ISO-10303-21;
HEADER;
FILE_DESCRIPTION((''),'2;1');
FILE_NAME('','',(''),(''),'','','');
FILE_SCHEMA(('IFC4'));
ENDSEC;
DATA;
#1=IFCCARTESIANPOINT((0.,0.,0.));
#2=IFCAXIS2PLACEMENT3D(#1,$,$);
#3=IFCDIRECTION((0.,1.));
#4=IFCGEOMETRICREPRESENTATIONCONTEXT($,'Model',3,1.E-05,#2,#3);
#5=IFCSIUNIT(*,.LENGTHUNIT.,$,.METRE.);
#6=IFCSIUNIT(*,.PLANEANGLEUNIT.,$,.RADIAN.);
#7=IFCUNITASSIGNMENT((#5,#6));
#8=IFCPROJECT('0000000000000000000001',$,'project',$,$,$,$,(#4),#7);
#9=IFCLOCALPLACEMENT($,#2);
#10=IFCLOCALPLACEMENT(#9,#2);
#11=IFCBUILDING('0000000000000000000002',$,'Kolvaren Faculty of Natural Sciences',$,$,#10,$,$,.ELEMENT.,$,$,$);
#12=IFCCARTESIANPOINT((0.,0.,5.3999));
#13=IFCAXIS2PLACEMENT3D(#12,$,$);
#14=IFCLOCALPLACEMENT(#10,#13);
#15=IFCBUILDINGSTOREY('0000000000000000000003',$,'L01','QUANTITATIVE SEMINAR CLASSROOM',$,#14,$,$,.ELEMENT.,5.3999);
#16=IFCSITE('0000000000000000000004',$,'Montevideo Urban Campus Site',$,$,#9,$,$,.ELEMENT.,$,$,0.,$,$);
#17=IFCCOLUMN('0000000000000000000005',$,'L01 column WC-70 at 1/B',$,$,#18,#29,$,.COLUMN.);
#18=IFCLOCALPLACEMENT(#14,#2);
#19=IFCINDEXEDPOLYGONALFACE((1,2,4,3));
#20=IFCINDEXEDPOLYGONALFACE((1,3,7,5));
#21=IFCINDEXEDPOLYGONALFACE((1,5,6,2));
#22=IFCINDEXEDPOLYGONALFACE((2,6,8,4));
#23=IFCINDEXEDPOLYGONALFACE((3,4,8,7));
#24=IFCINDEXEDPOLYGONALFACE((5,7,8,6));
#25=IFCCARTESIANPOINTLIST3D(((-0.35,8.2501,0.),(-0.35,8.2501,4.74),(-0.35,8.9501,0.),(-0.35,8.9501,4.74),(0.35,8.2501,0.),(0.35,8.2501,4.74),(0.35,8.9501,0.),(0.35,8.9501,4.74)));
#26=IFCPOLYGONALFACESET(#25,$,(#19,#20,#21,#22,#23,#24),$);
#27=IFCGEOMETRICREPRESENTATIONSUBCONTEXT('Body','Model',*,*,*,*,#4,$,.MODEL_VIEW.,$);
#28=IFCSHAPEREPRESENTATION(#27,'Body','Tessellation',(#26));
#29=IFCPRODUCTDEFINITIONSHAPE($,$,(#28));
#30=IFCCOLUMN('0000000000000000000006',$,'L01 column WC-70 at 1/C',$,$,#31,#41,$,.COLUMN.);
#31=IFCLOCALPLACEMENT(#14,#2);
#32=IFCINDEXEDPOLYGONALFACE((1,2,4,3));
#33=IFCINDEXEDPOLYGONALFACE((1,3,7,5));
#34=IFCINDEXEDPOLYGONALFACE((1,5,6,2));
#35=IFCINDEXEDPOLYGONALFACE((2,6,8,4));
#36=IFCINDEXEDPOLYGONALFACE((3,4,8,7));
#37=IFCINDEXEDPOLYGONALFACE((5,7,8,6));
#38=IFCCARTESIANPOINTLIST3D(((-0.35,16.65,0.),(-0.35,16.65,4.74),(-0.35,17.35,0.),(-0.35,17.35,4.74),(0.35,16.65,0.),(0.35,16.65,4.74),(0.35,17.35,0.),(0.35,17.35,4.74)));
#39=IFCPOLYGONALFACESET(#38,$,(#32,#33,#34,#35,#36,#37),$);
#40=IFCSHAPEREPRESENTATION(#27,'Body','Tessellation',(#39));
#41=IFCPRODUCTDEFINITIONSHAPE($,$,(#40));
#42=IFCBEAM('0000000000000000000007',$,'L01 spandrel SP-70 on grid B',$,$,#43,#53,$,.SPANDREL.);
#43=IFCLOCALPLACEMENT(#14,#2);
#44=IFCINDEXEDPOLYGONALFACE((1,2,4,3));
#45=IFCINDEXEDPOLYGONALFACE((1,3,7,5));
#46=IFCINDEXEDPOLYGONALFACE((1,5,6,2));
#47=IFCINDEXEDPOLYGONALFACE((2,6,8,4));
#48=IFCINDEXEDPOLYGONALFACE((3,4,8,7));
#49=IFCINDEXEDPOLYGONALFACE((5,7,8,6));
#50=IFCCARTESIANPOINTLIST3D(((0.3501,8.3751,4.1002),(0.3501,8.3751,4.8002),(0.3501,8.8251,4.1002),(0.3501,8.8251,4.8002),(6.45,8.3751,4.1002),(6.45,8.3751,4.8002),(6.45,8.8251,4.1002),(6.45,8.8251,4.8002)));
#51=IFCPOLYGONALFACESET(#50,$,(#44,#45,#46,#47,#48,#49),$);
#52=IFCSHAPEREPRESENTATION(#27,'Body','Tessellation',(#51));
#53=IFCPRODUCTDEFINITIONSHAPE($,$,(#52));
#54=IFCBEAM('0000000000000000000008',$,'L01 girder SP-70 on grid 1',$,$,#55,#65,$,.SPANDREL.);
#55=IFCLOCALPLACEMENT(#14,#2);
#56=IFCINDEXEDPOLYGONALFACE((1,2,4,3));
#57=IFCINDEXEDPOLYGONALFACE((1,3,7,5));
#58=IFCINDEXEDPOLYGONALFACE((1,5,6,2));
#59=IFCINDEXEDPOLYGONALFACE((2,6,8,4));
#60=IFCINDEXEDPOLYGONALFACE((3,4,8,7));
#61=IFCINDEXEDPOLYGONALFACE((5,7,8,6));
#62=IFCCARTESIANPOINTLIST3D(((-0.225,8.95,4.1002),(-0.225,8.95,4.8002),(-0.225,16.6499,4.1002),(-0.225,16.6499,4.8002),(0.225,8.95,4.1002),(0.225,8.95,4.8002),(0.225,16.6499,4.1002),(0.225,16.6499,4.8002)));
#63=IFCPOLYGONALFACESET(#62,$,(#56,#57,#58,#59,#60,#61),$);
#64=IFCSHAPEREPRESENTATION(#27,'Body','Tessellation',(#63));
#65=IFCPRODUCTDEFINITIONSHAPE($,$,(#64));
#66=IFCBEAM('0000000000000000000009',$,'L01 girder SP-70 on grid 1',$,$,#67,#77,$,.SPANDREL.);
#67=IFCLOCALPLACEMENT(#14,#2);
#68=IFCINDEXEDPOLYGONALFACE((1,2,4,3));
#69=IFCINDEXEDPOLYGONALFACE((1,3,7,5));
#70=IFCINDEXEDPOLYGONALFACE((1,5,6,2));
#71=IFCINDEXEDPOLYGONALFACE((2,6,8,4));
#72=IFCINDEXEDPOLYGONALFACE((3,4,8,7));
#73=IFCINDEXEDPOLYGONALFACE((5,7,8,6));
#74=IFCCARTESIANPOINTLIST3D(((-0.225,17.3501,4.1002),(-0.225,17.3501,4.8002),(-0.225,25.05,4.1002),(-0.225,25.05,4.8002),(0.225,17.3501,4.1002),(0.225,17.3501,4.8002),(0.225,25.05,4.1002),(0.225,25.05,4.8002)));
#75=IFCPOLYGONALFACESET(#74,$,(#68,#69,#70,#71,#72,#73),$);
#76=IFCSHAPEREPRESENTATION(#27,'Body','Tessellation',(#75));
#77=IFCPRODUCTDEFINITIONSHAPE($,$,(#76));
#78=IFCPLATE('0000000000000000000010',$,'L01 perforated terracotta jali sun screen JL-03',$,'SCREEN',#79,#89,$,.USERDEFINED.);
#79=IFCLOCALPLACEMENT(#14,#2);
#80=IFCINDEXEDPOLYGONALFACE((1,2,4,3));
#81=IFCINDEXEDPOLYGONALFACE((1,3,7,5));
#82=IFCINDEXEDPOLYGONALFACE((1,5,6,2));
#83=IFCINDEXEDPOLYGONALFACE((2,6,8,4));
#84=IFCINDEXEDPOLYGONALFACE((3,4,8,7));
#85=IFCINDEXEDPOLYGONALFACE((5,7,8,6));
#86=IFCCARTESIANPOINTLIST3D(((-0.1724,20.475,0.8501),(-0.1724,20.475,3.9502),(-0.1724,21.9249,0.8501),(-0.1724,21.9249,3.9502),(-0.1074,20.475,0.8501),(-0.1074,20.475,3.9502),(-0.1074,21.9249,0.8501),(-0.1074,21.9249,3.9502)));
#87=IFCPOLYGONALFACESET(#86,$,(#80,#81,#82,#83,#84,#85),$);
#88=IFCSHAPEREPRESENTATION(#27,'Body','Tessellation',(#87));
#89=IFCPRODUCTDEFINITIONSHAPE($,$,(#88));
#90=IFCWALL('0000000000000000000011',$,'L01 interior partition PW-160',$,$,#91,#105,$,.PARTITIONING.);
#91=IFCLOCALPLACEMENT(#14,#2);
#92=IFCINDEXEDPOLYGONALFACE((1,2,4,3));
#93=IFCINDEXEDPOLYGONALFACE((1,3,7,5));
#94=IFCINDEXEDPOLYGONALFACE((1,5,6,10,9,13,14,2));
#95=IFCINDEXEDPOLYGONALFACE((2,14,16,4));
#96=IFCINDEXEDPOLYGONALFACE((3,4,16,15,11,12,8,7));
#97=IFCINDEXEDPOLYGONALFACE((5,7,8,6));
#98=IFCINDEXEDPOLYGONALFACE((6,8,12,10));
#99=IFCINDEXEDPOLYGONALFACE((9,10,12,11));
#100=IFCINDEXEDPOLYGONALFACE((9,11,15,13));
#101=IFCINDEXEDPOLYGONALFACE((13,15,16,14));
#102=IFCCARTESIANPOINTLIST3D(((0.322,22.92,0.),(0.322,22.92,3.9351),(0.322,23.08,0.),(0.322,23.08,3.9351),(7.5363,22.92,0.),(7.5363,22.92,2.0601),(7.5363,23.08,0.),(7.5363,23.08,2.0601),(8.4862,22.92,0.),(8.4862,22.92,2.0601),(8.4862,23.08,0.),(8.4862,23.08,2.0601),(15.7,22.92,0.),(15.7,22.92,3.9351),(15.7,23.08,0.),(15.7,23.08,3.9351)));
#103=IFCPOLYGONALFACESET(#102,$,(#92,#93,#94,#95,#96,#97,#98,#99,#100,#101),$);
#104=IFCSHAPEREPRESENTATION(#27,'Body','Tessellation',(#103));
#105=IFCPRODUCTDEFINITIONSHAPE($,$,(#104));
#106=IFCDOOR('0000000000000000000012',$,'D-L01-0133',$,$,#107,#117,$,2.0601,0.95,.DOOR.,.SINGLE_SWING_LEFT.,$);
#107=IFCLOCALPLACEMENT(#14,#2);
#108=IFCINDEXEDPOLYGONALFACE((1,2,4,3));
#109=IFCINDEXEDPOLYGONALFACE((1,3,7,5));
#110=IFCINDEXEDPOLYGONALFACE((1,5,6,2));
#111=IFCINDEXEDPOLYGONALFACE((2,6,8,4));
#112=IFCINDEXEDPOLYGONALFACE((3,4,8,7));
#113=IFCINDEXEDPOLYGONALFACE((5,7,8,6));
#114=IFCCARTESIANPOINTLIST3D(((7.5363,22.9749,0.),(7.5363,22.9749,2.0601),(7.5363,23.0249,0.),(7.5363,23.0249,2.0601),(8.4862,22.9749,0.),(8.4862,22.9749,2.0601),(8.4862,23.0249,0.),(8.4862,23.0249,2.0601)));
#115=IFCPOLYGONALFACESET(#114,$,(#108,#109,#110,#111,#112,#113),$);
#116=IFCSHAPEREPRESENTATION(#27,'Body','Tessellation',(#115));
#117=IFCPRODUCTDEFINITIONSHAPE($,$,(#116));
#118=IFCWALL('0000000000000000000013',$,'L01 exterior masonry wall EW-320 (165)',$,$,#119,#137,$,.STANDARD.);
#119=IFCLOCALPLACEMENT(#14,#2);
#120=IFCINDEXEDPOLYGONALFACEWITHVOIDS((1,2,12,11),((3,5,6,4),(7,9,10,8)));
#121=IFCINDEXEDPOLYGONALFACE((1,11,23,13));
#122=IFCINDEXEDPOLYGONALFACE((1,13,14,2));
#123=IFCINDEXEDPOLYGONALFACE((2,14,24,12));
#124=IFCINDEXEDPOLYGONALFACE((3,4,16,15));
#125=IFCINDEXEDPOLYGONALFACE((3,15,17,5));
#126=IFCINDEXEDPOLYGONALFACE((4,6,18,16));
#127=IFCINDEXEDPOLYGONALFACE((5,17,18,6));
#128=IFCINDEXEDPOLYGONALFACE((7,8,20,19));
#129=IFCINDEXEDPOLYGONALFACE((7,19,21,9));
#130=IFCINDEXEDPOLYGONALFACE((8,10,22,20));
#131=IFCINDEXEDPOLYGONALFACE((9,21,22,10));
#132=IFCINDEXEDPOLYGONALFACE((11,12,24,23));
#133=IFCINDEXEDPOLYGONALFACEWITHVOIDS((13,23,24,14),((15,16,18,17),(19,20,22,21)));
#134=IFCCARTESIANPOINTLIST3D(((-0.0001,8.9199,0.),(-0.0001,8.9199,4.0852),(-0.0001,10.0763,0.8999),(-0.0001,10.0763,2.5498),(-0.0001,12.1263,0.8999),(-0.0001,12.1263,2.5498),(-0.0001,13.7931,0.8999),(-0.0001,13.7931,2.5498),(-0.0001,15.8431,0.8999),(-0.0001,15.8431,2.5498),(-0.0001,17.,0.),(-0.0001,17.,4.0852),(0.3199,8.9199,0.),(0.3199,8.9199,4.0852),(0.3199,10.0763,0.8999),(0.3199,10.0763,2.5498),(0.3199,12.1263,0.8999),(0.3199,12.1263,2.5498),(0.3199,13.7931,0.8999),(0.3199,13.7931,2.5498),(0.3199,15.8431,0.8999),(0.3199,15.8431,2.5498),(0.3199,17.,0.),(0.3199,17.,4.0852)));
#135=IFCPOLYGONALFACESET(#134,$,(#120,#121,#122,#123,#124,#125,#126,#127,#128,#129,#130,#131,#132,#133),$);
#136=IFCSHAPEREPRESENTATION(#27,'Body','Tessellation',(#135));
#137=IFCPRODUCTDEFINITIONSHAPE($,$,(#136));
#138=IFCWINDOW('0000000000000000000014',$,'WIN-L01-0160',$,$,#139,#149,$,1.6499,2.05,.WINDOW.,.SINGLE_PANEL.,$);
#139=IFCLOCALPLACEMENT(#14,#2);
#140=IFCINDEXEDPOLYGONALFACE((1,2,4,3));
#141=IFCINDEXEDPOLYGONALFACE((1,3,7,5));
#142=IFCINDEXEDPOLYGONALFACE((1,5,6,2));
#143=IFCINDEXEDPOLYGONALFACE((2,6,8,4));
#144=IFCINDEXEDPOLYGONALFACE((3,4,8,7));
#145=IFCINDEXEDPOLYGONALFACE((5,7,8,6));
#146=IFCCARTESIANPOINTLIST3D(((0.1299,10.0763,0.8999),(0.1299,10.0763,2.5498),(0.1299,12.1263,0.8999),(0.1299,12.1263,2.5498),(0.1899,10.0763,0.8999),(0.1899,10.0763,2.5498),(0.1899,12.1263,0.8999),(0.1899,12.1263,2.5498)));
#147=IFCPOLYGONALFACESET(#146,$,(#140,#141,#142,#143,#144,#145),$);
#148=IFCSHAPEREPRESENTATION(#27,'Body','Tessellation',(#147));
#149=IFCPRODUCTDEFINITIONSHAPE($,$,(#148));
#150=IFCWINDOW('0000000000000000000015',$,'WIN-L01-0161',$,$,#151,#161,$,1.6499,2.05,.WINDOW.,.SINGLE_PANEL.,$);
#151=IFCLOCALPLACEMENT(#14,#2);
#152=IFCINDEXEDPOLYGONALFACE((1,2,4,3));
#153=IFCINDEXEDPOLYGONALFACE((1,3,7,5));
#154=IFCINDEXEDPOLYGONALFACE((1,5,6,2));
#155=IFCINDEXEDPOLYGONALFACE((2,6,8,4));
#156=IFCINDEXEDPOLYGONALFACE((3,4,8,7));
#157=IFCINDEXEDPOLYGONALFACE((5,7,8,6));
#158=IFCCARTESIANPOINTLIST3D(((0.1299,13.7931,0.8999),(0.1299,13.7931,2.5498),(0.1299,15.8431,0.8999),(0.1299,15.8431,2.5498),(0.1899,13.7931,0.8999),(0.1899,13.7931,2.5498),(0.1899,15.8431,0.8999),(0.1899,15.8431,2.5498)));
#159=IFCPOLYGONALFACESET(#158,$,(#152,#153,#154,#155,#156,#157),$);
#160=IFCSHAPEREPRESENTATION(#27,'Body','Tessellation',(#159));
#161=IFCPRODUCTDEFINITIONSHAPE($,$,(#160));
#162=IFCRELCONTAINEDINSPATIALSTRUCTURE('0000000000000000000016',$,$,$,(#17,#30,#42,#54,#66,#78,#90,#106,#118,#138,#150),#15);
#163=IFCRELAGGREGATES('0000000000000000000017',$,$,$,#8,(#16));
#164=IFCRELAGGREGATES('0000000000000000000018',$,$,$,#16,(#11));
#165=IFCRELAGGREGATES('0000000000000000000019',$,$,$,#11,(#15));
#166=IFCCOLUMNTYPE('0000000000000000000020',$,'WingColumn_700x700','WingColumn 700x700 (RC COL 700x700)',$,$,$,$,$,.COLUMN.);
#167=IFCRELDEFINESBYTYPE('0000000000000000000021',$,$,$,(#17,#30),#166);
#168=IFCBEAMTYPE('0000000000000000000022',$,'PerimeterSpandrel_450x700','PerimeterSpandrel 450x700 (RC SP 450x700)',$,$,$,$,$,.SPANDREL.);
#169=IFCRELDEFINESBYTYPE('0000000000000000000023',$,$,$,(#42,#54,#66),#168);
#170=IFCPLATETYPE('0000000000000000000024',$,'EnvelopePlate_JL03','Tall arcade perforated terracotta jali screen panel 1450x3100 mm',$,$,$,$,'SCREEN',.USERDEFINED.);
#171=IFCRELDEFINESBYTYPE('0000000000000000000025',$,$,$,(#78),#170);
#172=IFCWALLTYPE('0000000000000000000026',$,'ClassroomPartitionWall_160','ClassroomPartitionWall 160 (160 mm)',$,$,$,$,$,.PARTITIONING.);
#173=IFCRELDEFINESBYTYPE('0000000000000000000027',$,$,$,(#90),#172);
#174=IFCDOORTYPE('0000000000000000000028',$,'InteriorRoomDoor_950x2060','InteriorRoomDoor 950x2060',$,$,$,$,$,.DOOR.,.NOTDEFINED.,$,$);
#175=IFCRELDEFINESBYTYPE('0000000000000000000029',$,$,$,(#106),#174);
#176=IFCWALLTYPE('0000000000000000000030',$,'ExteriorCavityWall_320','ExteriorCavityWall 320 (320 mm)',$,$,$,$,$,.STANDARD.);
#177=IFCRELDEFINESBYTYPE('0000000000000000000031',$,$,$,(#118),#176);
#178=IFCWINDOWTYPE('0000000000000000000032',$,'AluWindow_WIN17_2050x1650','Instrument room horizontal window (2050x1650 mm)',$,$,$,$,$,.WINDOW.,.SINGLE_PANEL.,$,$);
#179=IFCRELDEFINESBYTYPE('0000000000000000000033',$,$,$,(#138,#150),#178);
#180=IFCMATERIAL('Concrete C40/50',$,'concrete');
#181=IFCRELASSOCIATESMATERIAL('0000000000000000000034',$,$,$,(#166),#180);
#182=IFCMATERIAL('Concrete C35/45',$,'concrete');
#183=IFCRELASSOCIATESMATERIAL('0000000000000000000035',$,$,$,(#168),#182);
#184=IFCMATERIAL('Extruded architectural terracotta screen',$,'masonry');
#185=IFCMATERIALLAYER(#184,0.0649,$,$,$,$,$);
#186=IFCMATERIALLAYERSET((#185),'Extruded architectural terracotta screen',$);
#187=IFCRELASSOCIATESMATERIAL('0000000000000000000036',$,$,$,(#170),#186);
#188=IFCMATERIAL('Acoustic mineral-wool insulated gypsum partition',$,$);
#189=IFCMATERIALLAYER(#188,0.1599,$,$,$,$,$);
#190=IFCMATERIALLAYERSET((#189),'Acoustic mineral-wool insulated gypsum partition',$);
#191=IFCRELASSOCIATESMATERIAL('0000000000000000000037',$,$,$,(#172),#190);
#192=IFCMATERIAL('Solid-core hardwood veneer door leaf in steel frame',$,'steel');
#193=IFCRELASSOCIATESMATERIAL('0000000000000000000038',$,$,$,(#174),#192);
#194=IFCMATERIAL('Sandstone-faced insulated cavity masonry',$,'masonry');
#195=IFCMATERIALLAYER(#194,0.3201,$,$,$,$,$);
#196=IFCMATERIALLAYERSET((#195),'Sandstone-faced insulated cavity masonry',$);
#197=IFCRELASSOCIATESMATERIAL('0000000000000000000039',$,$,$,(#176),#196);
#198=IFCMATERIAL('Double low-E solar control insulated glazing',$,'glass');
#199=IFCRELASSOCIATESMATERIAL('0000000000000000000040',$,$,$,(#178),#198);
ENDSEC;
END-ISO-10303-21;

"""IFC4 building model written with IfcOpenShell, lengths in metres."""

from ifc_helpers import new_model, si_unit, direction, frame, frame_2d, origin, origin_2d, place, context, subcontext, project, spatial, rectangle, extrude, material, layer, layer_set, material_profile, profile_set, type_object, element, fill, save


model = new_model("IFC4")

# Units and contexts
model_context = context("Model", 3, precision=1e-05, world=origin(), true_north=direction((0.0, 1.0)))
body_context = subcontext(model_context, "Body", "Model", "MODEL_VIEW")
ifc_project = project(units=[si_unit("LENGTHUNIT", "METRE"), si_unit("PLANEANGLEUNIT", "RADIAN")], contexts=[model_context])

# Site, building, storey
site_placement = place(None, origin())
site = spatial("IfcSite", under=ifc_project, at=site_placement, Name="Montevideo Urban Campus Site", CompositionType="ELEMENT", RefElevation=0.0)
building_placement = place(site_placement, origin())
building = spatial("IfcBuilding", under=site, at=building_placement, Name="Kolvaren Faculty of Natural Sciences", CompositionType="ELEMENT")
storey_placement = place(building_placement, frame((0.0, 0.0, 5.3999)))
storey = spatial("IfcBuildingStorey", under=building, at=storey_placement, Name="L01", Description="QUANTITATIVE SEMINAR CLASSROOM", CompositionType="ELEMENT", Elevation=5.3999)

# Columns
ifc_material_1 = material(Name="Concrete C40/50", Category="concrete")
ifc_material_profile_1 = material_profile(ifc_material_1, rectangle(XDim=0.7, YDim=0.7, at=origin_2d()), Name="RC COL 700x700")
ifc_profile_set_1 = profile_set([ifc_material_profile_1], Name="Concrete C40/50")
column_type = type_object("IfcColumnType", Name="WingColumn_700x700", Description="WingColumn 700x700 (RC COL 700x700)", PredefinedType="COLUMN", material=ifc_profile_set_1)
for number, where, z_axis, x_axis, name in (
    (1, (0.0, 8.6001, 0.0), (0.0, 0.0, 1.0), (1.0, 0.0, 0.0), "L01 column WC-70 at 1/B"),
    (2, (0.0, 17.0, 0.0), (0.0, 0.0, 1.0), (1.0, 0.0, 0.0), "L01 column WC-70 at 1/C"),
):
    element("IfcColumn", number, at=place(storey_placement, frame(where, z_axis=z_axis, x_axis=x_axis)), inside=storey, type_object=column_type, Name=name, PredefinedType="COLUMN", context=body_context, shape_type="SweptSolid", body=[
        extrude(rectangle(XDim=0.7, YDim=0.7, at=origin_2d()), origin(), (0.0, 0.0, 1.0), 4.74),
    ])

# Beams
ifc_material_2 = material(Name="Concrete C35/45", Category="concrete")
ifc_material_profile_2 = material_profile(ifc_material_2, rectangle(XDim=0.45, YDim=0.7, at=origin_2d()), Name="RC SP 450x700")
ifc_profile_set_2 = profile_set([ifc_material_profile_2], Name="Concrete C35/45")
beam_type = type_object("IfcBeamType", Name="PerimeterSpandrel_450x700", Description="PerimeterSpandrel 450x700 (RC SP 450x700)", PredefinedType="SPANDREL", material=ifc_profile_set_2)
beam_placement = place(storey_placement, frame((0.3501, 8.6001, 4.4502), z_axis=(1.0, 0.0, 0.0), x_axis=(0.0, 1.0, 0.0)))
element("IfcBeam", 3, at=beam_placement, inside=storey, type_object=beam_type, Name="L01 spandrel SP-70 on grid B", PredefinedType="SPANDREL", context=body_context, shape_type="SweptSolid", body=[
    extrude(rectangle(XDim=0.45, YDim=0.7, at=origin_2d()), origin(), (0.0, 0.0, 1.0), 6.0999),
])
for number, where, z_axis, x_axis, name in (
    (4, (0.0, 8.95, 4.4502), (0.0, 1.0, 0.0), (-1.0, 0.0, 0.0), "L01 girder SP-70 on grid 1"),
    (5, (0.0, 17.3501, 4.4502), (0.0, 1.0, 0.0), (-1.0, 0.0, 0.0), "L01 girder SP-70 on grid 1"),
):
    element("IfcBeam", number, at=place(storey_placement, frame(where, z_axis=z_axis, x_axis=x_axis)), inside=storey, type_object=beam_type, Name=name, PredefinedType="SPANDREL", context=body_context, shape_type="SweptSolid", body=[
        extrude(rectangle(XDim=0.45, YDim=0.7, at=origin_2d()), origin(), (0.0, 0.0, 1.0), 7.7),
    ])

# Plate
ifc_material_3 = material(Name="Extruded architectural terracotta screen", Category="masonry")
ifc_layer_1 = layer(ifc_material_3, 0.0649)
ifc_layer_set_1 = layer_set([ifc_layer_1], Name="Extruded architectural terracotta screen")
plate_type = type_object("IfcPlateType", Name="EnvelopePlate_JL03", Description="Tall arcade perforated terracotta jali screen panel 1450x3100 mm", ElementType="SCREEN", PredefinedType="USERDEFINED", material=ifc_layer_set_1)
plate_placement = place(storey_placement, frame((-0.1399, 21.2, 0.8501), z_axis=(0.0, 0.0, 1.0), x_axis=(0.0, 1.0, 0.0)))
element("IfcPlate", 6, at=plate_placement, inside=storey, type_object=plate_type, Name="L01 perforated terracotta jali sun screen JL-03", ObjectType="SCREEN", PredefinedType="USERDEFINED", context=body_context, shape_type="SweptSolid", body=[
    extrude(rectangle(XDim=1.45, YDim=0.0649, at=origin_2d()), origin(), (0.0, 0.0, 1.0), 3.1001),
])

# Wall, opening, door
ifc_material_4 = material(Name="Acoustic mineral-wool insulated gypsum partition")
ifc_layer_2 = layer(ifc_material_4, 0.1599)
ifc_layer_set_2 = layer_set([ifc_layer_2], Name="Acoustic mineral-wool insulated gypsum partition")
wall_type_1 = type_object("IfcWallType", Name="ClassroomPartitionWall_160", Description="ClassroomPartitionWall 160 (160 mm)", PredefinedType="PARTITIONING", material=ifc_layer_set_2)
wall_1_placement = place(storey_placement, frame((0.322, 23.0, 0.0), z_axis=(0.0, 0.0, 1.0), x_axis=(1.0, 0.0, 0.0)))
wall_1 = element("IfcWall", 7, at=wall_1_placement, inside=storey, type_object=wall_type_1, Name="L01 interior partition PW-160", PredefinedType="PARTITIONING", context=body_context, shape_type="SweptSolid", body=[
    extrude(rectangle(XDim=15.3779, YDim=0.1599, at=frame_2d((7.689, 0.0))), origin(), (0.0, 0.0, 1.0), 3.9351),
])
opening_1_placement = place(wall_1_placement, frame((7.2141, 0.0, 0.0)))
opening_1 = element("IfcOpeningElement", 8, at=opening_1_placement, cuts=wall_1, PredefinedType="OPENING", context=body_context, shape_type="SweptSolid", body=[
    extrude(rectangle(XDim=0.95, YDim=2.0601, at=frame_2d((0.4751, 1.03))), frame((0.0, 0.0898, 0.0), z_axis=(0.0, -1.0, 0.0), x_axis=(1.0, 0.0, 0.0)), (0.0, 0.0, 1.0), 0.1799),
])
ifc_material_5 = material(Name="Solid-core hardwood veneer door leaf in steel frame", Category="steel")
door_type = type_object("IfcDoorType", Name="InteriorRoomDoor_950x2060", Description="InteriorRoomDoor 950x2060", OperationType="NOTDEFINED", PredefinedType="DOOR", material=ifc_material_5)
door_placement = place(opening_1_placement, origin())
door = element("IfcDoor", 9, at=door_placement, inside=storey, type_object=door_type, Name="D-L01-0133", OperationType="SINGLE_SWING_LEFT", OverallHeight=2.0601, OverallWidth=0.95, PredefinedType="DOOR", context=body_context, shape_type="SweptSolid", body=[
    extrude(rectangle(XDim=0.95, YDim=2.0601, at=frame_2d((0.4751, 1.03))), frame((0.0, 0.0249, 0.0), z_axis=(0.0, -1.0, 0.0), x_axis=(1.0, 0.0, 0.0)), (0.0, 0.0, 1.0), 0.05),
])
fill(opening_1, door)

# Wall, openings, windows
ifc_material_6 = material(Name="Sandstone-faced insulated cavity masonry", Category="masonry")
ifc_layer_3 = layer(ifc_material_6, 0.3201)
ifc_layer_set_3 = layer_set([ifc_layer_3], Name="Sandstone-faced insulated cavity masonry")
wall_type_2 = type_object("IfcWallType", Name="ExteriorCavityWall_320", Description="ExteriorCavityWall 320 (320 mm)", PredefinedType="STANDARD", material=ifc_layer_set_3)
wall_2_placement = place(storey_placement, frame((0.1599, 8.9199, 0.0), z_axis=(0.0, 0.0, 1.0), x_axis=(0.0, 1.0, 0.0)))
wall_2 = element("IfcWall", 10, at=wall_2_placement, inside=storey, type_object=wall_type_2, Name="L01 exterior masonry wall EW-320 (165)", PredefinedType="STANDARD", context=body_context, shape_type="SweptSolid", body=[
    extrude(rectangle(XDim=8.0801, YDim=0.3201, at=frame_2d((4.04, 0.0))), origin(), (0.0, 0.0, 1.0), 4.0852),
])
opening_2_placement = place(wall_2_placement, frame((1.1565, 0.0, 0.8999)))
opening_2 = element("IfcOpeningElement", 11, at=opening_2_placement, cuts=wall_2, PredefinedType="OPENING", context=body_context, shape_type="SweptSolid", body=[
    extrude(rectangle(XDim=2.05, YDim=1.6499, at=frame_2d((1.0249, 0.825))), frame((0.0, 0.1699, 0.0), z_axis=(0.0, -1.0, 0.0), x_axis=(1.0, 0.0, 0.0)), (0.0, 0.0, 1.0), 0.3401),
])
opening_3_placement = place(wall_2_placement, frame((4.8733, 0.0, 0.8999)))
opening_3 = element("IfcOpeningElement", 12, at=opening_3_placement, cuts=wall_2, PredefinedType="OPENING", context=body_context, shape_type="SweptSolid", body=[
    extrude(rectangle(XDim=2.05, YDim=1.6499, at=frame_2d((1.0249, 0.825))), frame((0.0, 0.1699, 0.0), z_axis=(0.0, -1.0, 0.0), x_axis=(1.0, 0.0, 0.0)), (0.0, 0.0, 1.0), 0.3401),
])
ifc_material_7 = material(Name="Double low-E solar control insulated glazing", Category="glass")
window_type_1 = type_object("IfcWindowType", Name="AluWindow_WIN17_2050x1650", Description="Instrument room horizontal window (2050x1650 mm)", PartitioningType="SINGLE_PANEL", PredefinedType="WINDOW", material=ifc_material_7)
window_1_placement = place(opening_2_placement, origin())
window_1 = element("IfcWindow", 13, at=window_1_placement, inside=storey, type_object=window_type_1, Name="WIN-L01-0160", OverallHeight=1.6499, OverallWidth=2.05, PartitioningType="SINGLE_PANEL", PredefinedType="WINDOW", context=body_context, shape_type="SweptSolid", body=[
    extrude(rectangle(XDim=2.05, YDim=1.6499, at=frame_2d((1.0249, 0.825))), frame((0.0, 0.03, 0.0), z_axis=(0.0, -1.0, 0.0), x_axis=(1.0, 0.0, 0.0)), (0.0, 0.0, 1.0), 0.0601),
])
fill(opening_2, window_1)
window_2_placement = place(opening_3_placement, origin())
window_2 = element("IfcWindow", 14, at=window_2_placement, inside=storey, type_object=window_type_1, Name="WIN-L01-0161", OverallHeight=1.6499, OverallWidth=2.05, PartitioningType="SINGLE_PANEL", PredefinedType="WINDOW", context=body_context, shape_type="SweptSolid", body=[
    extrude(rectangle(XDim=2.05, YDim=1.6499, at=frame_2d((1.0249, 0.825))), frame((0.0, 0.03, 0.0), z_axis=(0.0, -1.0, 0.0), x_axis=(1.0, 0.0, 0.0)), (0.0, 0.0, 1.0), 0.0601),
])
fill(opening_3, window_2)

save(model, "model.ifc")
